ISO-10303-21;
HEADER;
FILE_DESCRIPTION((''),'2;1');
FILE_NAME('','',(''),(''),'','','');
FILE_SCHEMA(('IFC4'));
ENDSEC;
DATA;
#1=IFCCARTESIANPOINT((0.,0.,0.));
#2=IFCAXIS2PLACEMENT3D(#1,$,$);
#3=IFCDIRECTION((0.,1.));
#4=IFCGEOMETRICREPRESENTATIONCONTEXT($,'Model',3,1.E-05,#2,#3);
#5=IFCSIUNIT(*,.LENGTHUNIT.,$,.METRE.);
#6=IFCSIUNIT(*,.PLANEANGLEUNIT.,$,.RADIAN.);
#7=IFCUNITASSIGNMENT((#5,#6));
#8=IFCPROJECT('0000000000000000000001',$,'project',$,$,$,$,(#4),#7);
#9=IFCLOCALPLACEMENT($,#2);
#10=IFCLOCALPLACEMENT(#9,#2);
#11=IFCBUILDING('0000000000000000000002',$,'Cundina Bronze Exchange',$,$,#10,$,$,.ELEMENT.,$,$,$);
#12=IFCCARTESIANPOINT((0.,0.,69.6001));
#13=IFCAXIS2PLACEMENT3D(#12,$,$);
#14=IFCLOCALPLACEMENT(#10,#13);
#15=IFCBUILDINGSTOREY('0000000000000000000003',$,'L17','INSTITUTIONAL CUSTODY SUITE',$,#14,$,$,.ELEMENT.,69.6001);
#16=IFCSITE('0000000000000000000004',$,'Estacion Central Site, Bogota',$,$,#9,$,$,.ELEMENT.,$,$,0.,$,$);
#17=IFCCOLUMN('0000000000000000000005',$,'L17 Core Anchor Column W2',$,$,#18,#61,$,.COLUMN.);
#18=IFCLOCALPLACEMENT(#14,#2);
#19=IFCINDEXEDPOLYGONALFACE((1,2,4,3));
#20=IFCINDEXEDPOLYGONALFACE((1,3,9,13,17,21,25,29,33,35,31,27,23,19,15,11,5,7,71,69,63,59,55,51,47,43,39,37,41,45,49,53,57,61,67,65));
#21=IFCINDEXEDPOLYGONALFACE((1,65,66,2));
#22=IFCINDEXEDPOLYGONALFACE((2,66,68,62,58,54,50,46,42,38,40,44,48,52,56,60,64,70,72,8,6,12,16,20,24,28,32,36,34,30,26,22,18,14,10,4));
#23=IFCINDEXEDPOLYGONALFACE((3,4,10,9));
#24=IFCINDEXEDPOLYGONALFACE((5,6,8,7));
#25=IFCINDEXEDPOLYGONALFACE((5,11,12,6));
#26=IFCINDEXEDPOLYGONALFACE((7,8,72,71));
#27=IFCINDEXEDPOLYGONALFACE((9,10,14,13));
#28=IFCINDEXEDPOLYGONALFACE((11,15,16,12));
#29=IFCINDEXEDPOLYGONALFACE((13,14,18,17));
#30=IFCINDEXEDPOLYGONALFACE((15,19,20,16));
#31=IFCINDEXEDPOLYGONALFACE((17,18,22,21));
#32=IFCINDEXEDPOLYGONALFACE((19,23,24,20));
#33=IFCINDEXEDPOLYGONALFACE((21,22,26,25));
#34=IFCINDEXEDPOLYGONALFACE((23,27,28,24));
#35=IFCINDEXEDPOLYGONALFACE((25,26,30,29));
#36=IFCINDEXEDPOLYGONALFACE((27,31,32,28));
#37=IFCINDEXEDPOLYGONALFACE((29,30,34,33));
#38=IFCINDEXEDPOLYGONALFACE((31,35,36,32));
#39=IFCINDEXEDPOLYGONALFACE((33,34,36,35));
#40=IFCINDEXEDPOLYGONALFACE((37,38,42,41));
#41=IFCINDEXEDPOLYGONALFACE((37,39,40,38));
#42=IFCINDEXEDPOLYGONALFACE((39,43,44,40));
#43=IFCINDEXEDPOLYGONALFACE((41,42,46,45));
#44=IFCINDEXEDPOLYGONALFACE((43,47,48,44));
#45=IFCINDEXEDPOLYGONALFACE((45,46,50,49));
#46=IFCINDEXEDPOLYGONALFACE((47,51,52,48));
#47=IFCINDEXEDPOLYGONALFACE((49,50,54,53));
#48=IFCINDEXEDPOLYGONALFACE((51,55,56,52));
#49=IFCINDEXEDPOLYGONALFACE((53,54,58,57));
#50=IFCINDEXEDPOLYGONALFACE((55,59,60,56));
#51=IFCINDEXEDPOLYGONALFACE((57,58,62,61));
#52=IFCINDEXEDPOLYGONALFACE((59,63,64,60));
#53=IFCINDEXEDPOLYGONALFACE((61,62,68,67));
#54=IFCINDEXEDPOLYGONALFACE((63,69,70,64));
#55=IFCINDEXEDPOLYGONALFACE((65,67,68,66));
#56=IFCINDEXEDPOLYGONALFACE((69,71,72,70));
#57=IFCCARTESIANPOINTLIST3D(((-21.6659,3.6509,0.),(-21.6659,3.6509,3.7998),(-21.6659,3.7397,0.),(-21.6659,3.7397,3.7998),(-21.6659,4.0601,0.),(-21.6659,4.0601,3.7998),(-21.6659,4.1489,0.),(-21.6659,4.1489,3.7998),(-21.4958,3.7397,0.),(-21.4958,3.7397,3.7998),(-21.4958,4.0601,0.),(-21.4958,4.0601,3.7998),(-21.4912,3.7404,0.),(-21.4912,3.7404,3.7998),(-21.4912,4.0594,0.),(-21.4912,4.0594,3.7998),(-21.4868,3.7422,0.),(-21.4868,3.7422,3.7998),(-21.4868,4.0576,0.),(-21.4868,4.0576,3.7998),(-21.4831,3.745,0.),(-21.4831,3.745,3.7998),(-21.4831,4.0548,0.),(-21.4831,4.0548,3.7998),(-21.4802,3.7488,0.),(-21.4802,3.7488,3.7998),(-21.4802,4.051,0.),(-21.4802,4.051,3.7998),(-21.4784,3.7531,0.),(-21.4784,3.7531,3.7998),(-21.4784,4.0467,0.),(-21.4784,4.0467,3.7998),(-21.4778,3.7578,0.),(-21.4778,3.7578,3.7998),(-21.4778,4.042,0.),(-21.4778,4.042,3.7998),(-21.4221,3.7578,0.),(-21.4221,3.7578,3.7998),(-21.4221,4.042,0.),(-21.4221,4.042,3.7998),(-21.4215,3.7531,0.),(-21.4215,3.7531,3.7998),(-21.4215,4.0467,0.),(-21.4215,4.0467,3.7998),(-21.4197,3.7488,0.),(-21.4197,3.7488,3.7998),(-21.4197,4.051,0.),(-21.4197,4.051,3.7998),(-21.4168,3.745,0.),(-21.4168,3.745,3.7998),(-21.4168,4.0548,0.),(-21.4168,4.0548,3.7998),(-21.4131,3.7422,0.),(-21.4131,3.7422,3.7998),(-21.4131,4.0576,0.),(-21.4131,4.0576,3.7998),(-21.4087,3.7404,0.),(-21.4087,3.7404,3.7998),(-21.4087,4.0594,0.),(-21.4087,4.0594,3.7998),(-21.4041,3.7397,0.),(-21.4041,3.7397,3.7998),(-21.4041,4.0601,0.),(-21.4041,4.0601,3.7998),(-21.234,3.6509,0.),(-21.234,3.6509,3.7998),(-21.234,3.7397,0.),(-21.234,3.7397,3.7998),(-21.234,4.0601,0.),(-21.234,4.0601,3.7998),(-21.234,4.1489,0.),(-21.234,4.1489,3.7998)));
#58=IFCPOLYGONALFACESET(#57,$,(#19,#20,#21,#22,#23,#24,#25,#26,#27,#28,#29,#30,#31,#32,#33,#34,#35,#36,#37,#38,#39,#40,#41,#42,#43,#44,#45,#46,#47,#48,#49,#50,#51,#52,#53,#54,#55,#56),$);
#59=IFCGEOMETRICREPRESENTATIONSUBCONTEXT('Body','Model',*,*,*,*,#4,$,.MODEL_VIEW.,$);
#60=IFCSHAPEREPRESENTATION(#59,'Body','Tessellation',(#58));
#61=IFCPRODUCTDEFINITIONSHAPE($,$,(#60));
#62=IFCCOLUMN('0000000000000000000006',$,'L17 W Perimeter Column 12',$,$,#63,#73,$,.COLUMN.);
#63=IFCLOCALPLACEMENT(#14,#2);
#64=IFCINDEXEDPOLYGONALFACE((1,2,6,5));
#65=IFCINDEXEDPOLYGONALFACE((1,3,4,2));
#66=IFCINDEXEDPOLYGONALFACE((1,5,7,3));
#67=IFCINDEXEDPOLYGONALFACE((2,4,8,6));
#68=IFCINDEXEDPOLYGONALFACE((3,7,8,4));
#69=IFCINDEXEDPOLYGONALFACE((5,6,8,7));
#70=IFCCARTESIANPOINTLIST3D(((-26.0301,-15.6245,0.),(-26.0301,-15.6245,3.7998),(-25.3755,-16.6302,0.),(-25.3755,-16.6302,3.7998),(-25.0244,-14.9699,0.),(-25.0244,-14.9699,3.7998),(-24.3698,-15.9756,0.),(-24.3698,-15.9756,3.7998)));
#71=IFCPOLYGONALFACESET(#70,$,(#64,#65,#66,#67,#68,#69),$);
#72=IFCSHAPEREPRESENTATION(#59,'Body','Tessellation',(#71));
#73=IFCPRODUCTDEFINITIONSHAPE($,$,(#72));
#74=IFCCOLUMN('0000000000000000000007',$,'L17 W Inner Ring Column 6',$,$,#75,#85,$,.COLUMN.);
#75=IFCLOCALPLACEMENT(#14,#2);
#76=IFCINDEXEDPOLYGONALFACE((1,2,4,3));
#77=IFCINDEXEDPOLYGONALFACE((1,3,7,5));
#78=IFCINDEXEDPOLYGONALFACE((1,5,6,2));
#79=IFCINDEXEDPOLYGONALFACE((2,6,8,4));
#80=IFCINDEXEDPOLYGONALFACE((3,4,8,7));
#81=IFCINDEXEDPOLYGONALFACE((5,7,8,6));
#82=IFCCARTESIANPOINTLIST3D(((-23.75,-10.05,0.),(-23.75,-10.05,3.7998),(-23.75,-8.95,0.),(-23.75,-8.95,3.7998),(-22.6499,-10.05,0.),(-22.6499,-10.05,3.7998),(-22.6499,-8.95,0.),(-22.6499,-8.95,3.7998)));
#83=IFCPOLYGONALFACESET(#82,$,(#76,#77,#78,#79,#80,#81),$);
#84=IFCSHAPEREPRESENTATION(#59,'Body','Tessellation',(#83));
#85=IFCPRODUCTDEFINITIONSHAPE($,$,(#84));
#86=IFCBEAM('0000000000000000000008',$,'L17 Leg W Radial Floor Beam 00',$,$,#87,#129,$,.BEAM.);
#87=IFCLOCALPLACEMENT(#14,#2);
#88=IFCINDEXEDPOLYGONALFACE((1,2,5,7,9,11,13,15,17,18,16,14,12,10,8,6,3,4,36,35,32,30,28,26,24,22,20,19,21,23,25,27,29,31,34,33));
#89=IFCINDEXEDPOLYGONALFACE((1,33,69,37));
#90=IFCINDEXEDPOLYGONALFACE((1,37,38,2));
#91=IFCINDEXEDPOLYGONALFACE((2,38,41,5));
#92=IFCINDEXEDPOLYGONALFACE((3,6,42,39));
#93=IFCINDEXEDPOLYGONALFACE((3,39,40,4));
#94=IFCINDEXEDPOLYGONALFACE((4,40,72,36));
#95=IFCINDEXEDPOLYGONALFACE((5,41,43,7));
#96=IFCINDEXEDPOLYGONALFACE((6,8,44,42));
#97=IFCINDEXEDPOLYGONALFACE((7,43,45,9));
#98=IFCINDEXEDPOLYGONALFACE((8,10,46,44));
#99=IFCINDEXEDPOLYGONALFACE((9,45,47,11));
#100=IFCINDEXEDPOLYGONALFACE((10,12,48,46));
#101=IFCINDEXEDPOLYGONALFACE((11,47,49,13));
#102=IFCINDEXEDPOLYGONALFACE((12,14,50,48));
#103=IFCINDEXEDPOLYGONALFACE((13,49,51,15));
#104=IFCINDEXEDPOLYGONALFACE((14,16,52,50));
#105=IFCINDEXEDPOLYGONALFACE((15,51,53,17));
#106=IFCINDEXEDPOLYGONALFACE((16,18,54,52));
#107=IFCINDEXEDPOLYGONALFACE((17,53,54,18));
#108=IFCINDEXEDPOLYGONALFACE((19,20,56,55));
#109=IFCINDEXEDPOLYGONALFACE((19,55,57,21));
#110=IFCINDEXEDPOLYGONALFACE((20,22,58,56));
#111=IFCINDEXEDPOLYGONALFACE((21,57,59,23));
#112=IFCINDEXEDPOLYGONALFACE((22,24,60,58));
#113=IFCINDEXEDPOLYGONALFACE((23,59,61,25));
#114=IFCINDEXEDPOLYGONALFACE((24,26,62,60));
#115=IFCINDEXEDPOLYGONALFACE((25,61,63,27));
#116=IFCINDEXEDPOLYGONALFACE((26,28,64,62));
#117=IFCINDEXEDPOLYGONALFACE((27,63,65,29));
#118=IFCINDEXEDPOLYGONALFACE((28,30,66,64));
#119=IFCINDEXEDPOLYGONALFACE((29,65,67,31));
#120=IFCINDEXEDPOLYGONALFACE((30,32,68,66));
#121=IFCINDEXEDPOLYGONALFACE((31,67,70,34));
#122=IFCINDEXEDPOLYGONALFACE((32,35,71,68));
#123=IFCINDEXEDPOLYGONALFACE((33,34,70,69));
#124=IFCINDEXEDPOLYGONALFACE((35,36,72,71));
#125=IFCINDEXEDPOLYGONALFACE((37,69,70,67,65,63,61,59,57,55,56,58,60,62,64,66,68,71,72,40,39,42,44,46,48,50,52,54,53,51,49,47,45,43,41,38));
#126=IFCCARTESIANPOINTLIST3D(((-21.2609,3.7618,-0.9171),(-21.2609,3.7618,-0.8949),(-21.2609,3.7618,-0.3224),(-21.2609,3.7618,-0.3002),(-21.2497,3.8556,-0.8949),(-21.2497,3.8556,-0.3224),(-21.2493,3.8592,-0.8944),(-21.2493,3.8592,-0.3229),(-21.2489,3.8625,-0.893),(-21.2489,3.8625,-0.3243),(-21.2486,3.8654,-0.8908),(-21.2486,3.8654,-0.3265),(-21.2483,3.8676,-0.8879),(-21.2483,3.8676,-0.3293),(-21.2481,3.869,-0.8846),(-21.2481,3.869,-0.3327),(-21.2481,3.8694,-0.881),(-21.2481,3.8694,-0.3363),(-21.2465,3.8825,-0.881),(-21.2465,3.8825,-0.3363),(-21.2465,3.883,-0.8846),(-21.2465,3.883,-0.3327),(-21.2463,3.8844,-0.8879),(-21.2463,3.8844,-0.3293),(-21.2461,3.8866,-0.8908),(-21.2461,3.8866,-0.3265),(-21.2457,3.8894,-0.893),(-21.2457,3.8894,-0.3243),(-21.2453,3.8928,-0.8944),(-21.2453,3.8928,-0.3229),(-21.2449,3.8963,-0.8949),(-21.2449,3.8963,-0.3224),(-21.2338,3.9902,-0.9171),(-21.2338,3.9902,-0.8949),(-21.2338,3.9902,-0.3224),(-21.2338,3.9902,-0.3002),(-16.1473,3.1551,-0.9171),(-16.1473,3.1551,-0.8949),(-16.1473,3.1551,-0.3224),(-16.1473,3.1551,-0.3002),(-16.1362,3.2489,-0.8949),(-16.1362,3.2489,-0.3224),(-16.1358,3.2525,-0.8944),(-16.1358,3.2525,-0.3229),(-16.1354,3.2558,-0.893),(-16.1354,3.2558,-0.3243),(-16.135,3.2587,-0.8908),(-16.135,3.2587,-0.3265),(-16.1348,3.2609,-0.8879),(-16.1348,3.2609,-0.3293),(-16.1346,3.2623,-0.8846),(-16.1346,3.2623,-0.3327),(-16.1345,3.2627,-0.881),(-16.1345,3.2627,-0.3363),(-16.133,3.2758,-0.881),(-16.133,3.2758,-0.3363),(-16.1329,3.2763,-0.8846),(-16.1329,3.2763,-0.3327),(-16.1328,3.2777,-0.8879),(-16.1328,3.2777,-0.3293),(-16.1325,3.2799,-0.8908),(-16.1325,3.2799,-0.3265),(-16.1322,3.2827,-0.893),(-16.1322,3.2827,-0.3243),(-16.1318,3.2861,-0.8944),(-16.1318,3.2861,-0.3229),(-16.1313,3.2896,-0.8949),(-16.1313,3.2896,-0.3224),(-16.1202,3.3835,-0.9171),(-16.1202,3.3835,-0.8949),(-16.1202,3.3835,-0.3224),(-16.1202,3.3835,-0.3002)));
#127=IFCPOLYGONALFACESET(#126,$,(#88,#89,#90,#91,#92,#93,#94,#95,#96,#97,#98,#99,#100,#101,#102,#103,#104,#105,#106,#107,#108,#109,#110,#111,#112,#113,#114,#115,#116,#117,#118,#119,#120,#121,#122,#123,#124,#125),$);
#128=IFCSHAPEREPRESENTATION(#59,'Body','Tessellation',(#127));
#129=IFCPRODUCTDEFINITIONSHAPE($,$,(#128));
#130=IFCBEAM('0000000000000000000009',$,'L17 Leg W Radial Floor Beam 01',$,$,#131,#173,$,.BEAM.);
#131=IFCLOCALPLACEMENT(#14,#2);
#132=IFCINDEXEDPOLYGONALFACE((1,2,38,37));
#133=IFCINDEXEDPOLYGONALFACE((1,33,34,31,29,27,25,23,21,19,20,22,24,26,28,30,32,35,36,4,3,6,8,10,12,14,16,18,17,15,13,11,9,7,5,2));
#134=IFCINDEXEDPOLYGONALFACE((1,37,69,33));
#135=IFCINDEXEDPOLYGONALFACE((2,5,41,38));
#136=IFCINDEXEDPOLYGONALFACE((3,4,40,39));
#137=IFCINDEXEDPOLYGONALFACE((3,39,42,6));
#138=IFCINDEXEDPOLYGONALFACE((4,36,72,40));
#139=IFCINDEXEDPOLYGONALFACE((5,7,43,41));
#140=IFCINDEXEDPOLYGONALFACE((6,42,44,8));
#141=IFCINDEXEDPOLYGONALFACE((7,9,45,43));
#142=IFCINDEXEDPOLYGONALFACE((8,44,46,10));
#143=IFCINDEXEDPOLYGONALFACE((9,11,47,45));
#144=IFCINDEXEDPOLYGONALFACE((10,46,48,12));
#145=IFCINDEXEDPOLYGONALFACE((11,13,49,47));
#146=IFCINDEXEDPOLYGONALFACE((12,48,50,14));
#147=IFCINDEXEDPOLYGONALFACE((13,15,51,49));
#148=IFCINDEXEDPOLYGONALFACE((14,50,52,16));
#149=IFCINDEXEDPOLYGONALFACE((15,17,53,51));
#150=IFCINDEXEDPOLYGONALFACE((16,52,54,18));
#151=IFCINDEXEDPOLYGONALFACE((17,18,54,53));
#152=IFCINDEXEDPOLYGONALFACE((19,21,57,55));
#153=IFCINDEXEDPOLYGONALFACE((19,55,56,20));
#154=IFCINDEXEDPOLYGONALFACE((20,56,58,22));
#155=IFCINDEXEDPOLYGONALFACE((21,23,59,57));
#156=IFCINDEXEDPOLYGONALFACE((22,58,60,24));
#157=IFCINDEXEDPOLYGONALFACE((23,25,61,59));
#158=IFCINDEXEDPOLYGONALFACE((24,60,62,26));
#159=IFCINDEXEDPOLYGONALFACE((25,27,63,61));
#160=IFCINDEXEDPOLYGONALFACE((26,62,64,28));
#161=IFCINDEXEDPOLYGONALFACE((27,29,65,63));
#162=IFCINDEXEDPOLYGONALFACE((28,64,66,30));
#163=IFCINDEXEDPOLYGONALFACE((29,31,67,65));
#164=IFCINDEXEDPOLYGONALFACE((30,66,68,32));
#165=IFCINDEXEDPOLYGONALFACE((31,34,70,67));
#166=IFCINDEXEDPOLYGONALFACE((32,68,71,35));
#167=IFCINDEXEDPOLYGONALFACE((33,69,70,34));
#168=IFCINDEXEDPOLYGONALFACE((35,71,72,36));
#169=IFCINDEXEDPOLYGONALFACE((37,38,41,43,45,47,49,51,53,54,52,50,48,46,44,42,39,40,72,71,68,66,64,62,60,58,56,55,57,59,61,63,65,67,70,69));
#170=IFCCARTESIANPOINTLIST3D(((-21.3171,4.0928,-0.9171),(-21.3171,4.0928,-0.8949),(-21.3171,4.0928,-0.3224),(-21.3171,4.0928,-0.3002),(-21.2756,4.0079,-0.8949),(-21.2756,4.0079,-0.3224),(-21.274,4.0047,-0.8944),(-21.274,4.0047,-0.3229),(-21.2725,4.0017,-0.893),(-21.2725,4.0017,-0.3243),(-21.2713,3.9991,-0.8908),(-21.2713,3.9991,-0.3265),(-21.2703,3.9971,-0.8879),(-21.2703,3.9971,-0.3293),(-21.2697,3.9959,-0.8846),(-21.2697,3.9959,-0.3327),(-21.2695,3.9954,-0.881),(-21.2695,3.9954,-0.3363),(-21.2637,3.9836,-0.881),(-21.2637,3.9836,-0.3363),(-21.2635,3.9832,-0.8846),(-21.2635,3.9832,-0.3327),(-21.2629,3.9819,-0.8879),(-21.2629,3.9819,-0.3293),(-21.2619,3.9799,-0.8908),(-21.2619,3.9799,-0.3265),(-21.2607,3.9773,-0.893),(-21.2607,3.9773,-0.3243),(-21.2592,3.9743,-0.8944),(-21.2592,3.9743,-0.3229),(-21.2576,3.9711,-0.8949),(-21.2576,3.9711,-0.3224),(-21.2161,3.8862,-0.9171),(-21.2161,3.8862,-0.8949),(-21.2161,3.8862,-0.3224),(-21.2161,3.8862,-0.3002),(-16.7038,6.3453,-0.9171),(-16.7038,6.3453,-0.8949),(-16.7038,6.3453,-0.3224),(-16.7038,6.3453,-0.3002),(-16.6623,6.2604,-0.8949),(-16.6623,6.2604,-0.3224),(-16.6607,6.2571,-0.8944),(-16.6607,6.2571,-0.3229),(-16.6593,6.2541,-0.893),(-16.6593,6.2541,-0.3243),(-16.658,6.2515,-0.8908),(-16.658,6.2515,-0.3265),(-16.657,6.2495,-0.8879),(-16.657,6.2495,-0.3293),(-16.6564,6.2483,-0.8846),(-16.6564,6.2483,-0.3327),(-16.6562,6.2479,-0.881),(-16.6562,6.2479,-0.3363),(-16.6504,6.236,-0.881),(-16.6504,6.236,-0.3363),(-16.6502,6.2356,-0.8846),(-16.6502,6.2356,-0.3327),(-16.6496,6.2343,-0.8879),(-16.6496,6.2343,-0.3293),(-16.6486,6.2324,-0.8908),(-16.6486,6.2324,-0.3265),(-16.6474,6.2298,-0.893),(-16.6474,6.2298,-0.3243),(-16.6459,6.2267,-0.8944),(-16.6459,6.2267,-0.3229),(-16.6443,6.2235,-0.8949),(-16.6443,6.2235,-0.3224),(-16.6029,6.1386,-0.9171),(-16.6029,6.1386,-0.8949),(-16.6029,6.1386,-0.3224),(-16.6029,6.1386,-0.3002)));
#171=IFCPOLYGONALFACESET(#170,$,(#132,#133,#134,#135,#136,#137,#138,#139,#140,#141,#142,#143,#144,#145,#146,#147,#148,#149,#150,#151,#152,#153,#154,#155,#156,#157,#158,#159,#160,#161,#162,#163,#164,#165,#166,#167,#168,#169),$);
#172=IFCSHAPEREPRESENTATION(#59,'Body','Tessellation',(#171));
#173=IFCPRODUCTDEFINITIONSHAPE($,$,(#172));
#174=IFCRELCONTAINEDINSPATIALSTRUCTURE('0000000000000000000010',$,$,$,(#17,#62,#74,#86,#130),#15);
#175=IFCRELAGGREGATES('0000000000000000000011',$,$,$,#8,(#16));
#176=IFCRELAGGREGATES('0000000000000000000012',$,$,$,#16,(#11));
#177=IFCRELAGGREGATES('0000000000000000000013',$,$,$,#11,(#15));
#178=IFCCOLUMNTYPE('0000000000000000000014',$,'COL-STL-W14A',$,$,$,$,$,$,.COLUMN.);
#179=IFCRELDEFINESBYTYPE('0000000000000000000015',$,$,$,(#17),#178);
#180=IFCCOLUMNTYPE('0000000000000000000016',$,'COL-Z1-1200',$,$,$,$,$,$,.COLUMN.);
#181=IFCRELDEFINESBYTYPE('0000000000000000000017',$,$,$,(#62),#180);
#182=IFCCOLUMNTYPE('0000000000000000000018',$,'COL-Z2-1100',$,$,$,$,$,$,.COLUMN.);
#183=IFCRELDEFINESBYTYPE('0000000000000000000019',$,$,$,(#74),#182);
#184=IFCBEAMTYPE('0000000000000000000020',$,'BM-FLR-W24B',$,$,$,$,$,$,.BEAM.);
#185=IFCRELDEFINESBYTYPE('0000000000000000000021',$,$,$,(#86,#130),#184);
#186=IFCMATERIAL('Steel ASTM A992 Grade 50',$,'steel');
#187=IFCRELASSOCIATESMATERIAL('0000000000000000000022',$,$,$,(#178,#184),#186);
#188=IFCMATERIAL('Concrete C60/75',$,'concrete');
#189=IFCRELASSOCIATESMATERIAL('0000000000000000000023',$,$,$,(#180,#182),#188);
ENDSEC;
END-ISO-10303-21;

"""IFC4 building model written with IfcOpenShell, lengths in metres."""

from ifc_helpers import new_model, si_unit, direction, frame, origin, origin_2d, place, context, subcontext, project, spatial, rectangle, i_section, extrude, material, material_profile, profile_set, type_object, element, save


model = new_model("IFC4")

# Units and contexts
model_context = context("Model", 3, precision=1e-05, world=origin(), true_north=direction((0.0, 1.0)))
body_context = subcontext(model_context, "Body", "Model", "MODEL_VIEW")
ifc_project = project(units=[si_unit("LENGTHUNIT", "METRE"), si_unit("PLANEANGLEUNIT", "RADIAN")], contexts=[model_context])

# Site, building, storey
site_placement = place(None, origin())
site = spatial("IfcSite", under=ifc_project, at=site_placement, Name="Estacion Central Site, Bogota", CompositionType="ELEMENT", RefElevation=0.0)
building_placement = place(site_placement, origin())
building = spatial("IfcBuilding", under=site, at=building_placement, Name="Cundina Bronze Exchange", CompositionType="ELEMENT")
storey_placement = place(building_placement, frame((0.0, 0.0, 69.6001)))
storey = spatial("IfcBuildingStorey", under=building, at=storey_placement, Name="L17", Description="INSTITUTIONAL CUSTODY SUITE", CompositionType="ELEMENT", Elevation=69.6001)

# Columns
ifc_material_1 = material(Name="Steel ASTM A992 Grade 50", Category="steel")
ifc_material_profile_1 = material_profile(ifc_material_1, i_section(OverallWidth=0.4319, OverallDepth=0.498, WebThickness=0.0557, FlangeThickness=0.0889, FilletRadius=0.0181, at=origin_2d()), Name="W14X500", Category="steel")
ifc_profile_set_1 = profile_set([ifc_material_profile_1], Name="Steel ASTM A992 Grade 50")
column_type_1 = type_object("IfcColumnType", Name="COL-STL-W14A", PredefinedType="COLUMN", material=ifc_profile_set_1)
column_1_placement = place(storey_placement, frame((-21.45, 3.8999, 0.0), z_axis=(0.0, 0.0, 1.0), x_axis=(1.0, 0.0, 0.0)))
element("IfcColumn", 1, at=column_1_placement, inside=storey, type_object=column_type_1, Name="L17 Core Anchor Column W2", PredefinedType="COLUMN", context=body_context, shape_type="SweptSolid", body=[
    extrude(i_section(OverallWidth=0.4319, OverallDepth=0.498, WebThickness=0.0557, FlangeThickness=0.0889, FilletRadius=0.0181, at=origin_2d()), origin(), (0.0, 0.0, 1.0), 3.7998),
])
ifc_material_2 = material(Name="Concrete C60/75", Category="concrete")
ifc_material_profile_2 = material_profile(ifc_material_2, rectangle(XDim=1.2, YDim=1.2, at=origin_2d()), Name="RC1200X1200", Category="concrete")
ifc_profile_set_2 = profile_set([ifc_material_profile_2], Name="Concrete C60/75")
column_type_2 = type_object("IfcColumnType", Name="COL-Z1-1200", PredefinedType="COLUMN", material=ifc_profile_set_2)
column_2_placement = place(storey_placement, frame((-25.2, -15.8, 0.0), z_axis=(0.0, 0.0, 1.0), x_axis=(0.8381, 0.545517, 0.0)))
element("IfcColumn", 2, at=column_2_placement, inside=storey, type_object=column_type_2, Name="L17 W Perimeter Column 12", PredefinedType="COLUMN", context=body_context, shape_type="SweptSolid", body=[
    extrude(rectangle(XDim=1.2, YDim=1.2, at=origin_2d()), origin(), (0.0, 0.0, 1.0), 3.7998),
])
ifc_material_profile_3 = material_profile(ifc_material_2, rectangle(XDim=1.1001, YDim=1.1001, at=origin_2d()), Name="RC1100X1100", Category="concrete")
ifc_profile_set_3 = profile_set([ifc_material_profile_3], Name="Concrete C60/75")
column_type_3 = type_object("IfcColumnType", Name="COL-Z2-1100", PredefinedType="COLUMN", material=ifc_profile_set_3)
column_3_placement = place(storey_placement, frame((-23.2, -9.5, 0.0), z_axis=(0.0, 0.0, 1.0), x_axis=(1.0, 0.0, 0.0)))
element("IfcColumn", 3, at=column_3_placement, inside=storey, type_object=column_type_3, Name="L17 W Inner Ring Column 6", PredefinedType="COLUMN", context=body_context, shape_type="SweptSolid", body=[
    extrude(rectangle(XDim=1.1001, YDim=1.1001, at=origin_2d()), origin(), (0.0, 0.0, 1.0), 3.7998),
])

# Beams
ifc_material_profile_4 = material_profile(ifc_material_1, i_section(OverallWidth=0.23, OverallDepth=0.6169, WebThickness=0.0132, FlangeThickness=0.0222, FilletRadius=0.0139, at=origin_2d()), Name="W24X94", Category="steel")
ifc_profile_set_4 = profile_set([ifc_material_profile_4], Name="Steel ASTM A992 Grade 50")
beam_type_1 = type_object("IfcBeamType", Name="BM-FLR-W24B", PredefinedType="BEAM", material=ifc_profile_set_4)
beam_1_placement = place(storey_placement, frame((-21.2473, 3.876, -0.6086), z_axis=(0.993035, -0.117818, 0.0), x_axis=(0.117818, 0.993035, 0.0)))
element("IfcBeam", 4, at=beam_1_placement, inside=storey, type_object=beam_type_1, Name="L17 Leg W Radial Floor Beam 00", PredefinedType="BEAM", context=body_context, shape_type="SweptSolid", body=[
    extrude(i_section(OverallWidth=0.23, OverallDepth=0.6169, WebThickness=0.0132, FlangeThickness=0.0222, FilletRadius=0.0139, at=origin_2d()), origin(), (0.0, 0.0, 1.0), 5.1494),
])
beam_2_placement = place(storey_placement, frame((-21.2666, 3.9895, -0.6086), z_axis=(0.89861, 0.438748, 0.0), x_axis=(-0.438748, 0.89861, 0.0)))
element("IfcBeam", 5, at=beam_2_placement, inside=storey, type_object=beam_type_1, Name="L17 Leg W Radial Floor Beam 01", PredefinedType="BEAM", context=body_context, shape_type="SweptSolid", body=[
    extrude(i_section(OverallWidth=0.23, OverallDepth=0.6169, WebThickness=0.0132, FlangeThickness=0.0222, FilletRadius=0.0139, at=origin_2d()), origin(), (0.0, 0.0, 1.0), 5.1338),
])

save(model, "model.ifc")
